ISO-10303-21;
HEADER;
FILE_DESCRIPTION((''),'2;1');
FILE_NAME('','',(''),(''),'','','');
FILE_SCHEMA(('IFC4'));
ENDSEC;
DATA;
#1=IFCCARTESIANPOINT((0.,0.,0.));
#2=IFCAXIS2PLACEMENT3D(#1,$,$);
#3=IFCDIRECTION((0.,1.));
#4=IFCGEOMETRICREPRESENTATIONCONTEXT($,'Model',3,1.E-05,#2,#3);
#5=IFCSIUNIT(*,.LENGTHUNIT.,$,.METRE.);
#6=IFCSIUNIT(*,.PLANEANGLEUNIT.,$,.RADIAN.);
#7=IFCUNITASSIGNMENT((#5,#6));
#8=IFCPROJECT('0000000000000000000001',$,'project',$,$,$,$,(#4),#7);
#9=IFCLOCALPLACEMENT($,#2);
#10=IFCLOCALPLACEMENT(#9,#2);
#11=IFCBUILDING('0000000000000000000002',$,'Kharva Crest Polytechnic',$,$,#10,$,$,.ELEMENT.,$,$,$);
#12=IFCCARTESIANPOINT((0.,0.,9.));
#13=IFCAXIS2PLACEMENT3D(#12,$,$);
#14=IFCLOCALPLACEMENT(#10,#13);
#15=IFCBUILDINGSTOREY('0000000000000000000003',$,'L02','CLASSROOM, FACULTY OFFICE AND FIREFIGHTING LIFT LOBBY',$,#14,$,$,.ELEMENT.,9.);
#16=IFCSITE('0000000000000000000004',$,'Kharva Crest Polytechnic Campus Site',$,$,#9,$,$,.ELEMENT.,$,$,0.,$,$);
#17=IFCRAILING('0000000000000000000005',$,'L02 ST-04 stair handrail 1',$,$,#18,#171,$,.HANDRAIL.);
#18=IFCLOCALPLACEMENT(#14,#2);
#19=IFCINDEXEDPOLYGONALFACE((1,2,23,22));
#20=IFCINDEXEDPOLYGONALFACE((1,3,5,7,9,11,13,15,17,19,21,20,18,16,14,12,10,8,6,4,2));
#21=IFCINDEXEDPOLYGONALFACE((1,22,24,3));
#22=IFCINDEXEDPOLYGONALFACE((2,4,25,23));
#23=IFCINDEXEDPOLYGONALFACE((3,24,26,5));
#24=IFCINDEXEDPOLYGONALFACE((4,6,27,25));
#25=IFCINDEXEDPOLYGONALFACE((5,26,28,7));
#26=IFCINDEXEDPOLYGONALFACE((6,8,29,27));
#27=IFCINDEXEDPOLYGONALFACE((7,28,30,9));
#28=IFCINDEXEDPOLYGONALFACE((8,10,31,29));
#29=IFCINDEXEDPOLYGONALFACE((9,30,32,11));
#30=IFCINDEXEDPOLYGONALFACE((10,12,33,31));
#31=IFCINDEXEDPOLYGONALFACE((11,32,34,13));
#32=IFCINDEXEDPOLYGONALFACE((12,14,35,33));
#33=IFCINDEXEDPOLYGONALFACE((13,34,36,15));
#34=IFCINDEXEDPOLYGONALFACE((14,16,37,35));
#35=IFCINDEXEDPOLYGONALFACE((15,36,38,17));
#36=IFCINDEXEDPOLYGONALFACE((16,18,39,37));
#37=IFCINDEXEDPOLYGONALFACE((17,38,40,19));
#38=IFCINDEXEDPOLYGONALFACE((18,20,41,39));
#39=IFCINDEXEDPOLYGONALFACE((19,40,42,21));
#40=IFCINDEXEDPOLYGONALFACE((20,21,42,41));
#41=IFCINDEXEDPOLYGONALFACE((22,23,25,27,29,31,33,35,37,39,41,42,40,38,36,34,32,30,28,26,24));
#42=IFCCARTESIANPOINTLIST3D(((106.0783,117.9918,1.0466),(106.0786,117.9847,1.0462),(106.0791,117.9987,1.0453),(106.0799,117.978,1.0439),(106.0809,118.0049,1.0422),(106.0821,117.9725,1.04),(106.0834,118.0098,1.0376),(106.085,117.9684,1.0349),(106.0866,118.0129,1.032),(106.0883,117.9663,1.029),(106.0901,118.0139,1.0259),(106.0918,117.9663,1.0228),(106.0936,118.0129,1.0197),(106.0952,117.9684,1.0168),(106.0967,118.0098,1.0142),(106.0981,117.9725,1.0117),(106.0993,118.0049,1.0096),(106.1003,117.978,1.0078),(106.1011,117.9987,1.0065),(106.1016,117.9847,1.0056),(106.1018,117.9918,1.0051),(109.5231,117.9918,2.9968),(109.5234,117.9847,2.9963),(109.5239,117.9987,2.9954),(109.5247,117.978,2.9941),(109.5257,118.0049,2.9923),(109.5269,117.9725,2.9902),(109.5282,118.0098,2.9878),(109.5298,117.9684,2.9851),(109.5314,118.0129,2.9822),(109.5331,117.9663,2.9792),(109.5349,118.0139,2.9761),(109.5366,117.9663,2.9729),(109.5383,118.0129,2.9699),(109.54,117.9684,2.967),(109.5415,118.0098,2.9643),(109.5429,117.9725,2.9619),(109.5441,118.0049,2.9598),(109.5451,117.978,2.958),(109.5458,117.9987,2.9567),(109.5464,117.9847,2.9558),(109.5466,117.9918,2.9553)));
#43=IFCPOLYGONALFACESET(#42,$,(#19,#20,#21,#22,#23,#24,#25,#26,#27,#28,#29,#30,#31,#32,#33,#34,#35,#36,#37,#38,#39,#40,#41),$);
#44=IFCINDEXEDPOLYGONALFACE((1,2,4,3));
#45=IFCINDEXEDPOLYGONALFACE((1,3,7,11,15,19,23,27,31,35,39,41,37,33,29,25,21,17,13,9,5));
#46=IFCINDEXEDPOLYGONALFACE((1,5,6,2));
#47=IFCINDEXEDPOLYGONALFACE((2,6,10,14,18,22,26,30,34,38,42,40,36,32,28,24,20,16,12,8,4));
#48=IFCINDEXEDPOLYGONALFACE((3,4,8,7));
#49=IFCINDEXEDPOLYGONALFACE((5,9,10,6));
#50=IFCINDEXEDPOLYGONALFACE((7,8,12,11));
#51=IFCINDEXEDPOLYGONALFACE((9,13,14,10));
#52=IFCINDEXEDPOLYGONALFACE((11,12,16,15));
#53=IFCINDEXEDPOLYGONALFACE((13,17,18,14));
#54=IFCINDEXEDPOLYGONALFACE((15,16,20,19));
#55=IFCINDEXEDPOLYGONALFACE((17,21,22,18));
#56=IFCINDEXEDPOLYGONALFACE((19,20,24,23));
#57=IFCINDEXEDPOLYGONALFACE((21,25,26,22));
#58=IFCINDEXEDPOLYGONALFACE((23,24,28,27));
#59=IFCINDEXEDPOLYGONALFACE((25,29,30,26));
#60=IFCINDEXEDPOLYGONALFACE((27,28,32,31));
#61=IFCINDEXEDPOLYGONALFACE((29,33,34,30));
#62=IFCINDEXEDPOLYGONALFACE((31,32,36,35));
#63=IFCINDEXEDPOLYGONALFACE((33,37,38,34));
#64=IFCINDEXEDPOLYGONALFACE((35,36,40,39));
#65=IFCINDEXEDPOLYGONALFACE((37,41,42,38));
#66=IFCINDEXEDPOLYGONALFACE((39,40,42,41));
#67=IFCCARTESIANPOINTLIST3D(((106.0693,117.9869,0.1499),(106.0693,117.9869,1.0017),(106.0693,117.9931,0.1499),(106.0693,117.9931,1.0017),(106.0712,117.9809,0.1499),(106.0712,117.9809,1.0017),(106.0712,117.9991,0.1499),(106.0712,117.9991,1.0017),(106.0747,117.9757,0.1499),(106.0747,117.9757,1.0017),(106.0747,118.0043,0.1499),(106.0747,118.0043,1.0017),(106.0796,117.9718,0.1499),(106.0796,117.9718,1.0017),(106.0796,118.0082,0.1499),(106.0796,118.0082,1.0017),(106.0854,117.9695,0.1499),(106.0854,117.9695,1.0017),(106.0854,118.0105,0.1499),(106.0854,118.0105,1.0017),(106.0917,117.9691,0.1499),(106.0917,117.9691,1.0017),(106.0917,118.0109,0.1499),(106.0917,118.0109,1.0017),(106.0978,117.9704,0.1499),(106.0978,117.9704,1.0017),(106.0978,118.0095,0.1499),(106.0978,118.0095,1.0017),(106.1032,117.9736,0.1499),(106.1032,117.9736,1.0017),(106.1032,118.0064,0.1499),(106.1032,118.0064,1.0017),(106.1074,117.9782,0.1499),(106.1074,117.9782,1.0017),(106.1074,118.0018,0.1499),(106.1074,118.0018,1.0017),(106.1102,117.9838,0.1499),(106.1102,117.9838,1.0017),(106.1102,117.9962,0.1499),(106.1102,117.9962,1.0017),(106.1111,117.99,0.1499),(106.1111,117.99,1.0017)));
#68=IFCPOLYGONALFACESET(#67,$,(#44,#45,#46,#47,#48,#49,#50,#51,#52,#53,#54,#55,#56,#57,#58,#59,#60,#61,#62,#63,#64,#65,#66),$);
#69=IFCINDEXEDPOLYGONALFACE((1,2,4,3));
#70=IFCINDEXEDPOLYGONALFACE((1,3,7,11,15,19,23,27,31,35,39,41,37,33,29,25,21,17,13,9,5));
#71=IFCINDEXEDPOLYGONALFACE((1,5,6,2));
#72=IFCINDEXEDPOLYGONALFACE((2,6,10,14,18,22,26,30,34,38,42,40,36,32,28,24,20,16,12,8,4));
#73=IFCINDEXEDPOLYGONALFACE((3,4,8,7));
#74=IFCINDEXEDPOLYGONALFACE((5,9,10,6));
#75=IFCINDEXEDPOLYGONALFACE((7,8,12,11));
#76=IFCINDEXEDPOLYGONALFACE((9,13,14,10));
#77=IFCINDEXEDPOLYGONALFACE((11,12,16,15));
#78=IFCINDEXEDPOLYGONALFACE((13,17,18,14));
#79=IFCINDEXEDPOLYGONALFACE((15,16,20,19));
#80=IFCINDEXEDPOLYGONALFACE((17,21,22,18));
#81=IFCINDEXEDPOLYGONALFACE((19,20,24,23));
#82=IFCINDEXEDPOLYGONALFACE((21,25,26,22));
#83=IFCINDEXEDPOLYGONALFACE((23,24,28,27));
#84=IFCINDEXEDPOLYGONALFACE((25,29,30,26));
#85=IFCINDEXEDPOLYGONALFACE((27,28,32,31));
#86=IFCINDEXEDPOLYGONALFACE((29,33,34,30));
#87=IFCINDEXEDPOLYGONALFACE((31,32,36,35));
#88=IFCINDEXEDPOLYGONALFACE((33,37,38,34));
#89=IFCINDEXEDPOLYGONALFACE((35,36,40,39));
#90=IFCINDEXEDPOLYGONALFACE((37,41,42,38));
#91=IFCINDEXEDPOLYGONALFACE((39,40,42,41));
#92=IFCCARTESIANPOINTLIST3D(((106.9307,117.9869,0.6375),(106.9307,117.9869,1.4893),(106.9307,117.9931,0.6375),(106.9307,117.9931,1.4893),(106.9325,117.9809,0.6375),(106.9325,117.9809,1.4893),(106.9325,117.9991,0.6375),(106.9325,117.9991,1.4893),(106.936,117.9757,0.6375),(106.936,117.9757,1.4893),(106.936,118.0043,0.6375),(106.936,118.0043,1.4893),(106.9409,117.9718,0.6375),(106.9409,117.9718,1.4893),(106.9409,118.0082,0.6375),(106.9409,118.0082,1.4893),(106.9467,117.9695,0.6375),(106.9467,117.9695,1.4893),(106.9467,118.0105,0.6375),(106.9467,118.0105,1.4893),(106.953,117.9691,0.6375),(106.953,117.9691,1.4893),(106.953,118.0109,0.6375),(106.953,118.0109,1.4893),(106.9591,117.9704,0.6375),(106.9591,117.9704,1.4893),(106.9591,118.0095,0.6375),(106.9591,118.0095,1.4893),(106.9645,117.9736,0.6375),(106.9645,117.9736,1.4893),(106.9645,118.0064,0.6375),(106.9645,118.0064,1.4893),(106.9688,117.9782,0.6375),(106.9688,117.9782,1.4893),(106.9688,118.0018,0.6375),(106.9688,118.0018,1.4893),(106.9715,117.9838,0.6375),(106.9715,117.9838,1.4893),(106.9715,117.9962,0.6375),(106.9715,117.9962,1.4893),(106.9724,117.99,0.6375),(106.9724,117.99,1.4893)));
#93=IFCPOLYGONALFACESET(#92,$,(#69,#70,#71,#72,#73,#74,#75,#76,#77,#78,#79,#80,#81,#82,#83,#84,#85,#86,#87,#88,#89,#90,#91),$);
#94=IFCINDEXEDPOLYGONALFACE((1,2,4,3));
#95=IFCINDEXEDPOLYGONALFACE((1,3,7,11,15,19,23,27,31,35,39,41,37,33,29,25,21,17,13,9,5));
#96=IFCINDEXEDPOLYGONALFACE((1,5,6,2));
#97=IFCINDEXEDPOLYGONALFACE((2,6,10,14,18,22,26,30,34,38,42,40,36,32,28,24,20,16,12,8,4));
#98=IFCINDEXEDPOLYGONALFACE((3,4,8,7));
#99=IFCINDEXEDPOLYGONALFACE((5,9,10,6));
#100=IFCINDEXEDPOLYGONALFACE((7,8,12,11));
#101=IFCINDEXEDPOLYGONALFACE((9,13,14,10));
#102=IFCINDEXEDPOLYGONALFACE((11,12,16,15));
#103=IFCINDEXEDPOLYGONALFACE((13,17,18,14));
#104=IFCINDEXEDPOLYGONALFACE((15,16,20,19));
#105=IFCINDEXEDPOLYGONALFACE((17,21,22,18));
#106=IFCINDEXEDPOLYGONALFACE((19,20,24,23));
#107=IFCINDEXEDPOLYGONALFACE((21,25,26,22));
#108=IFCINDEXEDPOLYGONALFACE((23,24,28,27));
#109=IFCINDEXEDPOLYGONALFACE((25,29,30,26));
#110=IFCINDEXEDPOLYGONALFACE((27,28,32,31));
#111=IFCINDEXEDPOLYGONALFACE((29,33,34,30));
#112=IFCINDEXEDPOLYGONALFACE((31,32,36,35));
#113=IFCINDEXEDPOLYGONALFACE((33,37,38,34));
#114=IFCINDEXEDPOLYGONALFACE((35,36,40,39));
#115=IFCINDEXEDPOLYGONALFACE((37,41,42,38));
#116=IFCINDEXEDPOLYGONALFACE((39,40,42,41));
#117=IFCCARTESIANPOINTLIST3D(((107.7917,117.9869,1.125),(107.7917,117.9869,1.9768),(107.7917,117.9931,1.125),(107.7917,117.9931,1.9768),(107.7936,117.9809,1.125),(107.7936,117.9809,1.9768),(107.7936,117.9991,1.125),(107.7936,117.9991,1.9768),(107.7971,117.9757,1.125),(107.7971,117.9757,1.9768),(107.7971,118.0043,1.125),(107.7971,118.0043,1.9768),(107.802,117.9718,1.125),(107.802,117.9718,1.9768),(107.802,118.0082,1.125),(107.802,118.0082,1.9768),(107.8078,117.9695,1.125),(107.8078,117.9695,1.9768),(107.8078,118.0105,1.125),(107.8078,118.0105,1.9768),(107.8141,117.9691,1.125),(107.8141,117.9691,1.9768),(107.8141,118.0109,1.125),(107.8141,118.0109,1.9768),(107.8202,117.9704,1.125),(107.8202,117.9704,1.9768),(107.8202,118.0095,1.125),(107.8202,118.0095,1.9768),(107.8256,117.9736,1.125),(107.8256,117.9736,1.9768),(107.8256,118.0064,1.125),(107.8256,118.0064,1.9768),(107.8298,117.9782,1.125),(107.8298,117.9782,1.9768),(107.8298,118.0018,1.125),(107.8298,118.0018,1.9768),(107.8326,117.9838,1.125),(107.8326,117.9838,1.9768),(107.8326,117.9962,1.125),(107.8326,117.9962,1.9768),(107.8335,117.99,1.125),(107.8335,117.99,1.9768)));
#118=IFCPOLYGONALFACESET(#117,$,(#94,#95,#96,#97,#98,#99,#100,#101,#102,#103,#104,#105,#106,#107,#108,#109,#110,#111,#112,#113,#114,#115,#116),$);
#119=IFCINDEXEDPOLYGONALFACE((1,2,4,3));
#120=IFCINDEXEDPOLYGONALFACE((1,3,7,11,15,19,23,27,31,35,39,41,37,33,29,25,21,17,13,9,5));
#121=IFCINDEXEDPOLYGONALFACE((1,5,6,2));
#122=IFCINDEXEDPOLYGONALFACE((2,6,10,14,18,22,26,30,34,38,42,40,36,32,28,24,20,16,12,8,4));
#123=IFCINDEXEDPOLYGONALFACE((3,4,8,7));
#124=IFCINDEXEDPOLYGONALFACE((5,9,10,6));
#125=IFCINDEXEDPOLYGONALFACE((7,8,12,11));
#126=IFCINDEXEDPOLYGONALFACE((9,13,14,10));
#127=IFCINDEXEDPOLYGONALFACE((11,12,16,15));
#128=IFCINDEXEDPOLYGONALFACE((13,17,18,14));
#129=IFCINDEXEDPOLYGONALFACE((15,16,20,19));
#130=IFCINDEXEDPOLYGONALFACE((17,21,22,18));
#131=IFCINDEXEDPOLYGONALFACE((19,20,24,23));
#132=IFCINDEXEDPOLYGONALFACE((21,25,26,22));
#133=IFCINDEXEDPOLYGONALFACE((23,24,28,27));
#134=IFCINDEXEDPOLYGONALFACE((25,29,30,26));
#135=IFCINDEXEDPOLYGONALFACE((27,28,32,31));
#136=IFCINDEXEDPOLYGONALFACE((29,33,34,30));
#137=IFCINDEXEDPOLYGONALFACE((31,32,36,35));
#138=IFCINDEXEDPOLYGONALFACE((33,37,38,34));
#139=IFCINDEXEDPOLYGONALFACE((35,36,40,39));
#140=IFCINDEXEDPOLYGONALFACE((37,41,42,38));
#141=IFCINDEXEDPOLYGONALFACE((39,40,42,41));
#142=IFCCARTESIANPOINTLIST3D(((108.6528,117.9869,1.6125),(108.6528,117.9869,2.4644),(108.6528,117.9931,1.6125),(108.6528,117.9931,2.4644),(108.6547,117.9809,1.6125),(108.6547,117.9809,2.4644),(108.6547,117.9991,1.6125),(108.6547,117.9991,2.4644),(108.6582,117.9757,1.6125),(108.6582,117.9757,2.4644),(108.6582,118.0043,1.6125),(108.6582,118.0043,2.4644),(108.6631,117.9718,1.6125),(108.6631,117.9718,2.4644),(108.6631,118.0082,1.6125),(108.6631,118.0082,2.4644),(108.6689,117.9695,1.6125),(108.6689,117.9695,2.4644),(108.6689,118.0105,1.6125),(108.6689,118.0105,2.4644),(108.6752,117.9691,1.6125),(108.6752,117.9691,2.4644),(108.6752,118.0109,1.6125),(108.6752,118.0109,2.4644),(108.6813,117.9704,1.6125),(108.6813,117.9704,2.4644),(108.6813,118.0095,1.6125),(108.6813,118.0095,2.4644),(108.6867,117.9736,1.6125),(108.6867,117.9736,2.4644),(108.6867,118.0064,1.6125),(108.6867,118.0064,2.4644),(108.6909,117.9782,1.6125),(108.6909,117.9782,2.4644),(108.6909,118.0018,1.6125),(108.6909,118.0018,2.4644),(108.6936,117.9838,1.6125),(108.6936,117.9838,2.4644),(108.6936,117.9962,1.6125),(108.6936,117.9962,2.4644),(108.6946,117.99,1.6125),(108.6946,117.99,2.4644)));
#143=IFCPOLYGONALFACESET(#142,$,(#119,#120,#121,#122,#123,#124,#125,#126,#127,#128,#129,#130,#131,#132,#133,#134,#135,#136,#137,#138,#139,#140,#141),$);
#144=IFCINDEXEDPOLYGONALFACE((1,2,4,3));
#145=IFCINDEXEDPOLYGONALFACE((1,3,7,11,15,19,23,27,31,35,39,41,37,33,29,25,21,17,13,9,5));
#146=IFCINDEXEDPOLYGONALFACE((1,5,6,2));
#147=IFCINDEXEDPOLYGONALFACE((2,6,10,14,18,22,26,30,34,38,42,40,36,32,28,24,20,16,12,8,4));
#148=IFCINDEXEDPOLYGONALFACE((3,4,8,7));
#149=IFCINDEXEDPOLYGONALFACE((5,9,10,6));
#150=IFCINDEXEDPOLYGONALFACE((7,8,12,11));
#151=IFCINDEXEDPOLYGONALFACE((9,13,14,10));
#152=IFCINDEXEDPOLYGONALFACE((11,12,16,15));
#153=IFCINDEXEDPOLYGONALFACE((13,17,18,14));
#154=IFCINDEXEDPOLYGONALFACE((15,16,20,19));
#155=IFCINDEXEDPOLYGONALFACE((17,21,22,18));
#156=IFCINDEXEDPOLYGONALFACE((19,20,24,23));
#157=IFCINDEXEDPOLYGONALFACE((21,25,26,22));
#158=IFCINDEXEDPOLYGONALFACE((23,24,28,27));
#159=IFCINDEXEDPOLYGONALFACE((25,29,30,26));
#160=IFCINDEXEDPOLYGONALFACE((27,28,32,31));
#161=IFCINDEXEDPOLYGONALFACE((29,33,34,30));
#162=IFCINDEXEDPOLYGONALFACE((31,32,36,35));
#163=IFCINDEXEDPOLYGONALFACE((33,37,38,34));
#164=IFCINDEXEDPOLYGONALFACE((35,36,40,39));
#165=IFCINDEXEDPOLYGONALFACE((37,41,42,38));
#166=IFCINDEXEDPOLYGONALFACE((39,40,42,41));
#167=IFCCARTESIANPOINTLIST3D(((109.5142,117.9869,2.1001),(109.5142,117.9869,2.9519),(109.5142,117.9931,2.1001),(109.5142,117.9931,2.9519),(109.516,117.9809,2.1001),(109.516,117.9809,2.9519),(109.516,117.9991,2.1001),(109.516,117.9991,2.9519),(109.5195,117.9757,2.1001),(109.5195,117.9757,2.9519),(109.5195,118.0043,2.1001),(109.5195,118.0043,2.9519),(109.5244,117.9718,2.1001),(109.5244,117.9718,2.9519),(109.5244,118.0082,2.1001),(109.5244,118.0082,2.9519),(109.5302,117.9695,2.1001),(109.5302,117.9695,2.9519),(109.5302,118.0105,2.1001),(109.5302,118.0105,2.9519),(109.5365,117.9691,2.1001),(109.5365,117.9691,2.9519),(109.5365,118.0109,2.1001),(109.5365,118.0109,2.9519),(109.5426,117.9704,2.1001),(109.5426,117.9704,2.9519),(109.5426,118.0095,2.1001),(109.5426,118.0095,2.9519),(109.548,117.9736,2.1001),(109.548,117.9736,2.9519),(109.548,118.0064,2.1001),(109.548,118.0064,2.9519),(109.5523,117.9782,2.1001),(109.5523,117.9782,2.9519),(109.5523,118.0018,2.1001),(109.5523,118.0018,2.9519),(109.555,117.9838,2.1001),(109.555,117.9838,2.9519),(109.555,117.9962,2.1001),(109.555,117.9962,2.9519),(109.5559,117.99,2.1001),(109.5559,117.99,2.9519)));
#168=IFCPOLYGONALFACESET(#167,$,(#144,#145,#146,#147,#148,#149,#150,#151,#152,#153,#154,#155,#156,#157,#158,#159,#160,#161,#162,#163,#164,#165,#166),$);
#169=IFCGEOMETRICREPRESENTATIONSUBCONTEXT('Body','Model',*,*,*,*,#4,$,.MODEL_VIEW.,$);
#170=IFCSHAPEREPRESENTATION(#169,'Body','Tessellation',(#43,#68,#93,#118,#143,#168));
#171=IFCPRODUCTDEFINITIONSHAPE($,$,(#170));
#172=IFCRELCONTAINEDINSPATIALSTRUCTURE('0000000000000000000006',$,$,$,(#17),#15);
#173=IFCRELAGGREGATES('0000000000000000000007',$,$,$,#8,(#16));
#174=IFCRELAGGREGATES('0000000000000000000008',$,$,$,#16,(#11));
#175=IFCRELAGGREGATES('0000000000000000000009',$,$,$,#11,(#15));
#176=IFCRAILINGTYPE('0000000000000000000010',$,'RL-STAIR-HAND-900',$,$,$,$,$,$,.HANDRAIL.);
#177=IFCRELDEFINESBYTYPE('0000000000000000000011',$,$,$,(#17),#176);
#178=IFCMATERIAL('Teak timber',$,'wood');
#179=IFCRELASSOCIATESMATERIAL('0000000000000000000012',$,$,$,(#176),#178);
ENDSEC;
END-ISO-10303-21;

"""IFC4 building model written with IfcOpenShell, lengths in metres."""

from ifc_helpers import new_model, si_unit, direction, frame, origin, origin_2d, place, context, subcontext, project, spatial, circle, extrude, material, type_object, element, save


model = new_model("IFC4")

# Units and contexts
model_context = context("Model", 3, precision=1e-05, world=origin(), true_north=direction((0.0, 1.0)))
body_context = subcontext(model_context, "Body", "Model", "MODEL_VIEW")
ifc_project = project(units=[si_unit("LENGTHUNIT", "METRE"), si_unit("PLANEANGLEUNIT", "RADIAN")], contexts=[model_context])

# Site, building, storey
site_placement = place(None, origin())
site = spatial("IfcSite", under=ifc_project, at=site_placement, Name="Kharva Crest Polytechnic Campus Site", CompositionType="ELEMENT", RefElevation=0.0)
building_placement = place(site_placement, origin())
building = spatial("IfcBuilding", under=site, at=building_placement, Name="Kharva Crest Polytechnic", CompositionType="ELEMENT")
storey_placement = place(building_placement, frame((0.0, 0.0, 9.0)))
storey = spatial("IfcBuildingStorey", under=building, at=storey_placement, Name="L02", Description="CLASSROOM, FACULTY OFFICE AND FIREFIGHTING LIFT LOBBY", CompositionType="ELEMENT", Elevation=9.0)

# Railing
ifc_material_1 = material(Name="Teak timber", Category="wood")
railing_type_1 = type_object("IfcRailingType", Name="RL-STAIR-HAND-900", PredefinedType="HANDRAIL", material=ifc_material_1)
railing_1_placement = place(storey_placement, frame((106.0901, 117.99, 0.1499)))
element("IfcRailing", 1, at=railing_1_placement, inside=storey, type_object=railing_type_1, Name="L02 ST-04 stair handrail 1", PredefinedType="HANDRAIL", context=body_context, shape_type="SweptSolid", body=[
    extrude(circle(Radius=0.0239, at=origin_2d()), frame((0.0, 0.0, 0.876), z_axis=(0.870225, 0.0, 0.492655), x_axis=(0.0, 1.0, 0.0)), (0.0, 0.0, 1.0), 3.9585),
    extrude(circle(Radius=0.021, at=origin_2d()), origin(), (0.0, 0.0, 1.0), 0.8518),
    extrude(circle(Radius=0.021, at=origin_2d()), frame((0.8613, 0.0, 0.4875)), (0.0, 0.0, 1.0), 0.8518),
    extrude(circle(Radius=0.021, at=origin_2d()), frame((1.7224, 0.0, 0.9751)), (0.0, 0.0, 1.0), 0.8518),
    extrude(circle(Radius=0.021, at=origin_2d()), frame((2.5835, 0.0, 1.4626)), (0.0, 0.0, 1.0), 0.8518),
    extrude(circle(Radius=0.021, at=origin_2d()), frame((3.4448, 0.0, 1.9502)), (0.0, 0.0, 1.0), 0.8518),
])

save(model, "model.ifc")
